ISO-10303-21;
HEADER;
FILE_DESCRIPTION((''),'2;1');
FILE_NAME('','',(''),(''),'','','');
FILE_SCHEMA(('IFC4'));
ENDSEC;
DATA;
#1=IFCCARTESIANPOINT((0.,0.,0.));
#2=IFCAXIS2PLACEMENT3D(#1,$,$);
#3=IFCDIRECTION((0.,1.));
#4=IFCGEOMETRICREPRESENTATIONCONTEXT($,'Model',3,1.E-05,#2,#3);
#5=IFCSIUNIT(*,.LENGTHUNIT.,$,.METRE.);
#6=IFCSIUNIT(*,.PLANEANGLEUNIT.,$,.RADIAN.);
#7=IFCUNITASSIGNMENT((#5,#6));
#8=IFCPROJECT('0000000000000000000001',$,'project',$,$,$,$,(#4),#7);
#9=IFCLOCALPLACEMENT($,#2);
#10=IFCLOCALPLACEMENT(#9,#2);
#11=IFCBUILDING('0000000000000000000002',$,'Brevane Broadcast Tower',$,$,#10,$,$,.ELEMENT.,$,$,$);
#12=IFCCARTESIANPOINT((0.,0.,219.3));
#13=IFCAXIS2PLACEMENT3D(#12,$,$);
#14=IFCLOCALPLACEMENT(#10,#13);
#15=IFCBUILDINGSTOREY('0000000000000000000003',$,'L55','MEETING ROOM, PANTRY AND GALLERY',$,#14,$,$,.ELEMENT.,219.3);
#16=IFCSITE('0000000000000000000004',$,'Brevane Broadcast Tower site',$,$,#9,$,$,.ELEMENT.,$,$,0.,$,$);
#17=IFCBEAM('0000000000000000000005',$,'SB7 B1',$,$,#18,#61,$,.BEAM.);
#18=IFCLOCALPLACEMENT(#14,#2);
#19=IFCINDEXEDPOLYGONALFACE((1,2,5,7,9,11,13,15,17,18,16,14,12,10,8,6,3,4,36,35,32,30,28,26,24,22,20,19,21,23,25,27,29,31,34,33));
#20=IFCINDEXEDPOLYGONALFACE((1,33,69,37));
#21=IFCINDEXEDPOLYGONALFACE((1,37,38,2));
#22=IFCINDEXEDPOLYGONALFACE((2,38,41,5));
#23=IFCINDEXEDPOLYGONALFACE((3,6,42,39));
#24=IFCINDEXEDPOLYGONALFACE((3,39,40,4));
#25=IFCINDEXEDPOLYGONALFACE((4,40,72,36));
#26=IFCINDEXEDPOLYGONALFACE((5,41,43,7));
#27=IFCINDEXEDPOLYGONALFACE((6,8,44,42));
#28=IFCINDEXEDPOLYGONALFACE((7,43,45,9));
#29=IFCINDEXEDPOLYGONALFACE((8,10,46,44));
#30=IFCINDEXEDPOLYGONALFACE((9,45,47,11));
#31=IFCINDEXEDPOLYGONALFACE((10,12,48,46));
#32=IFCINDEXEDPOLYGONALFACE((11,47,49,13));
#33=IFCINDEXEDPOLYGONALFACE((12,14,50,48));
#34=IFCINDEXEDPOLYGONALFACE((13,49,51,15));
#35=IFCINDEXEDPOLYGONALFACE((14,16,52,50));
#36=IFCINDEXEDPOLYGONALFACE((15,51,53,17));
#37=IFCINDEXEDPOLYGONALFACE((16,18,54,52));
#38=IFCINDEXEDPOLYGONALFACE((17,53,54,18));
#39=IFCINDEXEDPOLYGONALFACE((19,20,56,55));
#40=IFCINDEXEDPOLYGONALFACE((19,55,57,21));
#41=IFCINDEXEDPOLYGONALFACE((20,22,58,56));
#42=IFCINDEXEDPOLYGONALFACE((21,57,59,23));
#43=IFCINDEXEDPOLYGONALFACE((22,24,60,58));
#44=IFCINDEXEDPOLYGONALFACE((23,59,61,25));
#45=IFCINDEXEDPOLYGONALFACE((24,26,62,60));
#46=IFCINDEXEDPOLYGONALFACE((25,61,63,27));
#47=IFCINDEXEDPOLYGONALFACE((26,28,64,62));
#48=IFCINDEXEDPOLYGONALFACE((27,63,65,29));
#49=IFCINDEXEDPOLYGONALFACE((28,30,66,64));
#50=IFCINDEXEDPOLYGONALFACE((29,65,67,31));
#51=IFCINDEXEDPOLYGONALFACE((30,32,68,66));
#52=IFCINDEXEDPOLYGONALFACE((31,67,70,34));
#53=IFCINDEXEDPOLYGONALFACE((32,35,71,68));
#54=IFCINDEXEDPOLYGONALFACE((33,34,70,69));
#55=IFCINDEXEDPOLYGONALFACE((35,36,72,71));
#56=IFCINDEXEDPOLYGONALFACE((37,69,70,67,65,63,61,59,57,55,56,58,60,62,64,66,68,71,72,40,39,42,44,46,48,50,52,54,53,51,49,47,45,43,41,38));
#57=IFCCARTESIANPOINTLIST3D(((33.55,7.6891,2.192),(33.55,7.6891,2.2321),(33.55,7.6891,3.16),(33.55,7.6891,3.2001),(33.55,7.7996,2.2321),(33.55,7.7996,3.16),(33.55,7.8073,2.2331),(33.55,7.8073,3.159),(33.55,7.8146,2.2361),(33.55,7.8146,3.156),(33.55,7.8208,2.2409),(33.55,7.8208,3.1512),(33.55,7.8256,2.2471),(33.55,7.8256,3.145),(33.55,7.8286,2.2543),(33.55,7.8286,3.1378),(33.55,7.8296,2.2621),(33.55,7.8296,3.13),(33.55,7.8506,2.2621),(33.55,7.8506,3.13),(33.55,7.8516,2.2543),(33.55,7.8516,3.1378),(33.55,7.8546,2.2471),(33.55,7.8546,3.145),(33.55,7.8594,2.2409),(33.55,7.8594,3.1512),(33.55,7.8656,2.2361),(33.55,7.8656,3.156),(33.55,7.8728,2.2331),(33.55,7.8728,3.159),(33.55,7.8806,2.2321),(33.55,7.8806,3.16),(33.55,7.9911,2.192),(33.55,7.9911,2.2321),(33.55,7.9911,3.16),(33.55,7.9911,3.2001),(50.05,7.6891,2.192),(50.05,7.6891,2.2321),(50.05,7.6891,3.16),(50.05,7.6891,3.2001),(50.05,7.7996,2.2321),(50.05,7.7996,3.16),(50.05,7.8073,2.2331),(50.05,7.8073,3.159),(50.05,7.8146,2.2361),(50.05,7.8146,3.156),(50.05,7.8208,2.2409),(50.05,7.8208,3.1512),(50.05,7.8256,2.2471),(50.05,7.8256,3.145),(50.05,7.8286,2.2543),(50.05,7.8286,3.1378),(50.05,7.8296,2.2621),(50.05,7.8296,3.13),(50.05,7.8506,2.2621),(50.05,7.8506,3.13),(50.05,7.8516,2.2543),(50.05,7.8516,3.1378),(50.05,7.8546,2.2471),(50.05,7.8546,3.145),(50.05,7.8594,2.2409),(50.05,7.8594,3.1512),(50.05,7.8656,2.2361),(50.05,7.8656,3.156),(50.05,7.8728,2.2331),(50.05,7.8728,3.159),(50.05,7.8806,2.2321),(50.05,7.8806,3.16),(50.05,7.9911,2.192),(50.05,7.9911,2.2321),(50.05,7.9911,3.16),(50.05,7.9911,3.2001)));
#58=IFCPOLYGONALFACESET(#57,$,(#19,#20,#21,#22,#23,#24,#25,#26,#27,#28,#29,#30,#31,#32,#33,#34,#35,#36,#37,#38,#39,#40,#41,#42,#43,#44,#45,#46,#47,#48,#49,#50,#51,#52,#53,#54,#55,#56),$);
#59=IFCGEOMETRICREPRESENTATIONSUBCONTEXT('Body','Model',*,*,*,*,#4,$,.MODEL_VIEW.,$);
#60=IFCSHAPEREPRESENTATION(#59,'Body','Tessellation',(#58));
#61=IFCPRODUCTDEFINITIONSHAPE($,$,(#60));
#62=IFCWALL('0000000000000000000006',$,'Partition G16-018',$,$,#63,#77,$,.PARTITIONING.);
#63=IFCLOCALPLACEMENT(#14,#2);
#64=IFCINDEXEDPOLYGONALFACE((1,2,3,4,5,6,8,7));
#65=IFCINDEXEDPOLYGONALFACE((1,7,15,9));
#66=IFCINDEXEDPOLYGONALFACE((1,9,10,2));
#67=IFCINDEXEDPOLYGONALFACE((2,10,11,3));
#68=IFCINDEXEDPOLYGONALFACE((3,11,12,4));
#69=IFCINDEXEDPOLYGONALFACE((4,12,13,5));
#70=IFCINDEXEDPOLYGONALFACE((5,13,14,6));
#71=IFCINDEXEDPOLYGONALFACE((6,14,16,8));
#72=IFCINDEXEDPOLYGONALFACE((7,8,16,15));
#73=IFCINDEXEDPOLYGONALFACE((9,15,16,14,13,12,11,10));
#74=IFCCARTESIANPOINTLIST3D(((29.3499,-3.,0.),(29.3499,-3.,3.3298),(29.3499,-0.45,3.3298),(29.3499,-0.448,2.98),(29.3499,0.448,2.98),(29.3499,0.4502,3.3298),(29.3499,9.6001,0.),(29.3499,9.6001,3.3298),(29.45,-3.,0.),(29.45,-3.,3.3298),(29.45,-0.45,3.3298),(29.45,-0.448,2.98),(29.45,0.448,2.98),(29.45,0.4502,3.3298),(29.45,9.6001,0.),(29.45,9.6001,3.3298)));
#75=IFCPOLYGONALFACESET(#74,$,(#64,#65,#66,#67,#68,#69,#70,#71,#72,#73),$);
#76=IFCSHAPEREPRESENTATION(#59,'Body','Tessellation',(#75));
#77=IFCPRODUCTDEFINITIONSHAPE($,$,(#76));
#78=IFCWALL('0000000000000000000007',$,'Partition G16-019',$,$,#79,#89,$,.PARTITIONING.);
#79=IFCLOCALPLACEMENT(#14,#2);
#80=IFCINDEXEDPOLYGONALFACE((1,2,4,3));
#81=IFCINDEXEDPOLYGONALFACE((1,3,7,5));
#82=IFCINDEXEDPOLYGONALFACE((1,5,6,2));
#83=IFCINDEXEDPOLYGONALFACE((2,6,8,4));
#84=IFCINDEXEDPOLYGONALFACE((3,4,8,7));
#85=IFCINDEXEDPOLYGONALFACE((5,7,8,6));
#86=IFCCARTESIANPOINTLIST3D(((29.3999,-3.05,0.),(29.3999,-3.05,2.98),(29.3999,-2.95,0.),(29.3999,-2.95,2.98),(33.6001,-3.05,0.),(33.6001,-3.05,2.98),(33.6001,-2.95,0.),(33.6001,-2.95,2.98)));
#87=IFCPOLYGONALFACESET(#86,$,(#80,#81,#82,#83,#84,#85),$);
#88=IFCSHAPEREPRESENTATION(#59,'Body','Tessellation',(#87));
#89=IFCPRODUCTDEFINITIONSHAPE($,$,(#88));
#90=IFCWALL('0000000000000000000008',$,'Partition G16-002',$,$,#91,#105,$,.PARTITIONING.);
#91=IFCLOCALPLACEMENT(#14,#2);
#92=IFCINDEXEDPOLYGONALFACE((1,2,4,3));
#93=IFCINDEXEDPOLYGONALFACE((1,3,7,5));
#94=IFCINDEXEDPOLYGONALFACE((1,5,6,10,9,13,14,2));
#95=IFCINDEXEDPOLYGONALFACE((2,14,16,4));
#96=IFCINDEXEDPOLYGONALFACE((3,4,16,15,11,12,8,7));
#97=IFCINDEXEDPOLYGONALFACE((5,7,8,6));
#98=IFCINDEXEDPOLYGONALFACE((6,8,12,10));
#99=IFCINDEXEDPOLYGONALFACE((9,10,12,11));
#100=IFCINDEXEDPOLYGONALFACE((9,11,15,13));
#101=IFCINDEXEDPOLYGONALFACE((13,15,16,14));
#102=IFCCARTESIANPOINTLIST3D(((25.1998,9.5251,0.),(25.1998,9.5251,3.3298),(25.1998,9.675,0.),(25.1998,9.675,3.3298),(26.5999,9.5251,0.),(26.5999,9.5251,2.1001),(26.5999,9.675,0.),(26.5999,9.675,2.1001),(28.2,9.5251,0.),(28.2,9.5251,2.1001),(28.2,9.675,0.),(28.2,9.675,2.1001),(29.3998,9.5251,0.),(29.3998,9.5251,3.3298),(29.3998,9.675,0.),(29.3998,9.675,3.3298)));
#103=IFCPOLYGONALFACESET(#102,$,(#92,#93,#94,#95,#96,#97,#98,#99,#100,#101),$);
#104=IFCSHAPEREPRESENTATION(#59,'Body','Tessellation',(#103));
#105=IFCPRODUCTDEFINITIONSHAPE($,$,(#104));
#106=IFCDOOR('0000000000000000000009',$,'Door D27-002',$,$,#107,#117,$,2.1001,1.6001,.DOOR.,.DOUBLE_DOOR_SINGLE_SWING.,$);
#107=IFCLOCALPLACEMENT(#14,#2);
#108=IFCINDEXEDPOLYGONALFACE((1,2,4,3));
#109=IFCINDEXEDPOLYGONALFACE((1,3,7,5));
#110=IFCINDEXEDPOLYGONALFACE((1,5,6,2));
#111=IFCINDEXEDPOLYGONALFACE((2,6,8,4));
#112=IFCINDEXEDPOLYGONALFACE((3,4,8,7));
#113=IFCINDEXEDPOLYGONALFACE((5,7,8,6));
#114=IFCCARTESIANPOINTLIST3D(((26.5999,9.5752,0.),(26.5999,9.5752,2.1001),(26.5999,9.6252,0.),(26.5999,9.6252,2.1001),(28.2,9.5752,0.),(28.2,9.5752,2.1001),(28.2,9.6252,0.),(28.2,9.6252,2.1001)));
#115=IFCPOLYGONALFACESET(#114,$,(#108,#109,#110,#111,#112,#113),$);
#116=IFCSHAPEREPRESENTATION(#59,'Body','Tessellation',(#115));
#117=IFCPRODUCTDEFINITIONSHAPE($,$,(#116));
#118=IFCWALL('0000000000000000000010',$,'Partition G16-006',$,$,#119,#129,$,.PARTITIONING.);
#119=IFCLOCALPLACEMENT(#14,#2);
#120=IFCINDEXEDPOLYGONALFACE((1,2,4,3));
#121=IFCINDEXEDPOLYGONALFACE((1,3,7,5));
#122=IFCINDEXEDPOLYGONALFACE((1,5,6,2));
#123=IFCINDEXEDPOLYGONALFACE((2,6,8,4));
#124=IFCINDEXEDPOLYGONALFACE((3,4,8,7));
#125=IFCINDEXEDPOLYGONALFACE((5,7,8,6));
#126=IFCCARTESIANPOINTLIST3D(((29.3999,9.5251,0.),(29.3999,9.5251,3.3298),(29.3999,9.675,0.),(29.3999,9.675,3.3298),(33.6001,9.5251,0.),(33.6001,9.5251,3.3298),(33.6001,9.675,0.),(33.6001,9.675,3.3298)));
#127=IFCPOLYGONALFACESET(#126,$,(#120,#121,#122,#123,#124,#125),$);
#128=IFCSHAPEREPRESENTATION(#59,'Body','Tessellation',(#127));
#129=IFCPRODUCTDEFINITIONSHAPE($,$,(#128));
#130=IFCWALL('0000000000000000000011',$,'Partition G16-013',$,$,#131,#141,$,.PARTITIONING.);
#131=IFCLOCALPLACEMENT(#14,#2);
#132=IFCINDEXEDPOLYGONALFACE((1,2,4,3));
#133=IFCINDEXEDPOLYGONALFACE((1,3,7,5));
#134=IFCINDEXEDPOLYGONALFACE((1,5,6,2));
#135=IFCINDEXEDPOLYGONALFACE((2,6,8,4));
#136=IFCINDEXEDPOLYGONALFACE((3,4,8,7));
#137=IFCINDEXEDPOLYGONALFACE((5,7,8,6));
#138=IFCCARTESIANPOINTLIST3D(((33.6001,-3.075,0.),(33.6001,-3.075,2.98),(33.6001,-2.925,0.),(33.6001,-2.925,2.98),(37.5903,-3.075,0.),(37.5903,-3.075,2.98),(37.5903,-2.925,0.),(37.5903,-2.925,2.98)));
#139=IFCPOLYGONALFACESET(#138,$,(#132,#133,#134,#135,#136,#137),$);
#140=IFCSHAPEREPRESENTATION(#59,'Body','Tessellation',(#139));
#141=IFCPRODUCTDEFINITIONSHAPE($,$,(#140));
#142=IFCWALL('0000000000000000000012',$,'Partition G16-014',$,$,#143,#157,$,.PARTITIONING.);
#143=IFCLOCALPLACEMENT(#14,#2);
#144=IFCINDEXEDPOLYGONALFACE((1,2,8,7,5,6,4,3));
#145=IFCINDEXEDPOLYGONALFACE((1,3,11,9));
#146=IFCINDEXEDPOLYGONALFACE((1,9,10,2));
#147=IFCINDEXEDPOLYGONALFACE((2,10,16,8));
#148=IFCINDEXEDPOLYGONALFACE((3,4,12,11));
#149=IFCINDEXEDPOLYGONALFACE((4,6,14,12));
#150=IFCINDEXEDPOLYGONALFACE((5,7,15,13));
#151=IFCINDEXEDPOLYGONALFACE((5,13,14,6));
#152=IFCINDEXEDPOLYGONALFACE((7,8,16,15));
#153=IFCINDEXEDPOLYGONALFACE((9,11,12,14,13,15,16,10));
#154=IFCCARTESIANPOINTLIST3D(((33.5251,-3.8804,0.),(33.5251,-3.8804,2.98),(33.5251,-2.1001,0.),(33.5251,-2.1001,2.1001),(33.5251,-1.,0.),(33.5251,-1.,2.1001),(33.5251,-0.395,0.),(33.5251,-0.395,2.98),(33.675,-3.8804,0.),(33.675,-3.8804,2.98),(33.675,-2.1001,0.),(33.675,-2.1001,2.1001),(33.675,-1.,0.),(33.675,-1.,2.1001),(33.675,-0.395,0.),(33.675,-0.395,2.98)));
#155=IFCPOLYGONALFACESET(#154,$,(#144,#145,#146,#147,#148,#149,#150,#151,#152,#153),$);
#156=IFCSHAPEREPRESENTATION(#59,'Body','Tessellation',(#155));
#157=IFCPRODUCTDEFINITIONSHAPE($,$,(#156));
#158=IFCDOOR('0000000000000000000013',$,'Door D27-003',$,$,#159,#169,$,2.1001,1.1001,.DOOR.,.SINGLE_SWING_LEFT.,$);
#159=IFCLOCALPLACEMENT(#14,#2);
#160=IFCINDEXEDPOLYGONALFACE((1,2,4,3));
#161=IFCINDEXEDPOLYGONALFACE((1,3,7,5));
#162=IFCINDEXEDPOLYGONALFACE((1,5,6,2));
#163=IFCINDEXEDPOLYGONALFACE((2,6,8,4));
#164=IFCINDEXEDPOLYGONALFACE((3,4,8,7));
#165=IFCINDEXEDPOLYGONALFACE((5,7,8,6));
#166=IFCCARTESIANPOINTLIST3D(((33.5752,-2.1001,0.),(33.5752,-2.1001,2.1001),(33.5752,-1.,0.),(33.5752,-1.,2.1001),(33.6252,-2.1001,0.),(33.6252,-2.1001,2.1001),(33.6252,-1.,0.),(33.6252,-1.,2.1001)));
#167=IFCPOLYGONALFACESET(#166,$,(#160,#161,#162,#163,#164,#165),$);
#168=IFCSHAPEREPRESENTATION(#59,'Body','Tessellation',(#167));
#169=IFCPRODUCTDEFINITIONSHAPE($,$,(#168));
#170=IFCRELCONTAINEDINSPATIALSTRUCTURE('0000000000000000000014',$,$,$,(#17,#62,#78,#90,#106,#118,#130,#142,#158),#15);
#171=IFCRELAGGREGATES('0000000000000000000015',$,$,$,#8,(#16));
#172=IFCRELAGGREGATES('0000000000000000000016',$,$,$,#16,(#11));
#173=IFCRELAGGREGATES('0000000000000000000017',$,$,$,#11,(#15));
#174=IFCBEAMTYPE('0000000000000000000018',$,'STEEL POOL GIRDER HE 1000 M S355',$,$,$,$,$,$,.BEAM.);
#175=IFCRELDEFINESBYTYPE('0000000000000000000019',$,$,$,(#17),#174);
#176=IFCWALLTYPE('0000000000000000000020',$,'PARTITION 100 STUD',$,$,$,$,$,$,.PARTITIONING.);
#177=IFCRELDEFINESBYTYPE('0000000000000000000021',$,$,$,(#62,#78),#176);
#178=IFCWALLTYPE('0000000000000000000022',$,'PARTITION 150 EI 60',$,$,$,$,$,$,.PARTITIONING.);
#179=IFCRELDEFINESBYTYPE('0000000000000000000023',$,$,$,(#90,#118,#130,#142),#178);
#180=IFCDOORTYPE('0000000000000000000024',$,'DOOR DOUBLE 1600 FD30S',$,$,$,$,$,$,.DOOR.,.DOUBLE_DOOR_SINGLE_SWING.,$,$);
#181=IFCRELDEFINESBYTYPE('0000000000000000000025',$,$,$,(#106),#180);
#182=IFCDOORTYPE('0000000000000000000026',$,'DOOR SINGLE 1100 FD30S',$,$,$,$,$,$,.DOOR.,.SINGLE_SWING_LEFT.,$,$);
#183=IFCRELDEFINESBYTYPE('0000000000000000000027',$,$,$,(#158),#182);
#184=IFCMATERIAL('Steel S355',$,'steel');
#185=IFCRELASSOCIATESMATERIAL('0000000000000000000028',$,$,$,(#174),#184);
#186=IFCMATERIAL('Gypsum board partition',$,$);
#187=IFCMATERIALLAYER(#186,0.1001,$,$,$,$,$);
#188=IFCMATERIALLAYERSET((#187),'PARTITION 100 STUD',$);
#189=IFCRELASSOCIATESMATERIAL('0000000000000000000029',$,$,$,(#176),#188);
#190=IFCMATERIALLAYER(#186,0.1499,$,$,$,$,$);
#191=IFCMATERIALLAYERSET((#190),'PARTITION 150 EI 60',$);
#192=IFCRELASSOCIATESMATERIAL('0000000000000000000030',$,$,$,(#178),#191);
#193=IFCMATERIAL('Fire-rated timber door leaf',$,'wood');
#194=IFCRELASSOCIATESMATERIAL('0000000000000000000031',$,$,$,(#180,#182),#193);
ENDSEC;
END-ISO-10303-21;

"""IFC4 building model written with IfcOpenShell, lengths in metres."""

from ifc_helpers import new_model, si_unit, direction, frame, frame_2d, origin, origin_2d, place, context, subcontext, project, spatial, polyline, rectangle, i_section, outline, extrude, material, layer, layer_set, material_profile, profile_set, type_object, element, fill, save


model = new_model("IFC4")

# Units and contexts
model_context = context("Model", 3, precision=1e-05, world=origin(), true_north=direction((0.0, 1.0)))
body_context = subcontext(model_context, "Body", "Model", "MODEL_VIEW")
ifc_project = project(units=[si_unit("LENGTHUNIT", "METRE"), si_unit("PLANEANGLEUNIT", "RADIAN")], contexts=[model_context])

# Site, building, storey
site_placement = place(None, origin())
site = spatial("IfcSite", under=ifc_project, at=site_placement, Name="Brevane Broadcast Tower site", CompositionType="ELEMENT", RefElevation=0.0)
building_placement = place(site_placement, origin())
building = spatial("IfcBuilding", under=site, at=building_placement, Name="Brevane Broadcast Tower", CompositionType="ELEMENT")
storey_placement = place(building_placement, frame((0.0, 0.0, 219.3)))
storey = spatial("IfcBuildingStorey", under=building, at=storey_placement, Name="L55", Description="MEETING ROOM, PANTRY AND GALLERY", CompositionType="ELEMENT", Elevation=219.3)

# Beam
ifc_material_1 = material(Name="Steel S355", Category="steel")
ifc_material_profile_1 = material_profile(ifc_material_1, i_section(OverallWidth=0.302, OverallDepth=1.0081, WebThickness=0.021, FlangeThickness=0.04, FilletRadius=0.03, at=origin_2d()), Name="HE 1000 M")
ifc_profile_set_1 = profile_set([ifc_material_profile_1], Name="Steel S355")
beam_type_1 = type_object("IfcBeamType", Name="STEEL POOL GIRDER HE 1000 M S355", PredefinedType="BEAM", material=ifc_profile_set_1)
beam_1_placement = place(storey_placement, frame((33.55, 7.8401, 2.696), z_axis=(1.0, 0.0, 0.0), x_axis=(0.0, 1.0, 0.0)))
element("IfcBeam", 1, at=beam_1_placement, inside=storey, type_object=beam_type_1, Name="SB7 B1", PredefinedType="BEAM", context=body_context, shape_type="SweptSolid", body=[
    extrude(i_section(OverallWidth=0.302, OverallDepth=1.0081, WebThickness=0.021, FlangeThickness=0.04, FilletRadius=0.03, at=origin_2d()), origin(), (0.0, 0.0, 1.0), 16.5),
])

# Walls
ifc_material_2 = material(Name="Gypsum board partition")
ifc_layer_1 = layer(ifc_material_2, 0.1001)
ifc_layer_set_1 = layer_set([ifc_layer_1], Name="PARTITION 100 STUD")
wall_type_1 = type_object("IfcWallType", Name="PARTITION 100 STUD", PredefinedType="PARTITIONING", material=ifc_layer_set_1)
wall_1_placement = place(storey_placement, frame((29.3999, 9.6001, 0.0), z_axis=(0.0, 0.0, 1.0), x_axis=(0.0, -1.0, 0.0)))
element("IfcWall", 2, at=wall_1_placement, inside=storey, type_object=wall_type_1, Name="Partition G16-018", PredefinedType="PARTITIONING", context=body_context, shape_type="SweptSolid", body=[
    extrude(outline(polyline([(0.0, 0.0), (12.6001, 0.0), (12.6001, 3.3298), (10.05, 3.3298), (10.0481, 2.98), (9.1521, 2.98), (9.1499, 3.3298), (0.0, 3.3298), (0.0, 0.0)])), frame((0.0, 0.05, 0.0), z_axis=(0.0, -1.0, 0.0), x_axis=(1.0, 0.0, 0.0)), (0.0, 0.0, 1.0), 0.1001),
])
wall_2_placement = place(storey_placement, frame((29.3999, -3.0, 0.0), z_axis=(0.0, 0.0, 1.0), x_axis=(1.0, 0.0, 0.0)))
element("IfcWall", 3, at=wall_2_placement, inside=storey, type_object=wall_type_1, Name="Partition G16-019", PredefinedType="PARTITIONING", context=body_context, shape_type="SweptSolid", body=[
    extrude(rectangle(XDim=4.2002, YDim=0.1001, at=frame_2d((2.1001, 0.0))), origin(), (0.0, 0.0, 1.0), 2.98),
])

# Wall, opening, door
ifc_layer_2 = layer(ifc_material_2, 0.1499)
ifc_layer_set_2 = layer_set([ifc_layer_2], Name="PARTITION 150 EI 60")
wall_type_2 = type_object("IfcWallType", Name="PARTITION 150 EI 60", PredefinedType="PARTITIONING", material=ifc_layer_set_2)
wall_3_placement = place(storey_placement, frame((29.3999, 9.6001, 0.0), z_axis=(0.0, 0.0, 1.0), x_axis=(-1.0, 0.0, 0.0)))
wall_3 = element("IfcWall", 4, at=wall_3_placement, inside=storey, type_object=wall_type_2, Name="Partition G16-002", PredefinedType="PARTITIONING", context=body_context, shape_type="SweptSolid", body=[
    extrude(rectangle(XDim=4.2, YDim=0.1499, at=frame_2d((2.1001, 0.0))), origin(), (0.0, 0.0, 1.0), 3.3298),
])
opening_1_placement = place(wall_3_placement, frame((1.2, 0.0, 0.0)))
opening_1 = element("IfcOpeningElement", 5, at=opening_1_placement, cuts=wall_3, PredefinedType="OPENING", context=body_context, shape_type="SweptSolid", body=[
    extrude(rectangle(XDim=1.6001, YDim=2.1001, at=frame_2d((0.8, 1.05))), frame((0.0, 0.085, 0.0), z_axis=(0.0, -1.0, 0.0), x_axis=(1.0, 0.0, 0.0)), (0.0, 0.0, 1.0), 0.1699),
])
ifc_material_3 = material(Name="Fire-rated timber door leaf", Category="wood")
door_type_1 = type_object("IfcDoorType", Name="DOOR DOUBLE 1600 FD30S", OperationType="DOUBLE_DOOR_SINGLE_SWING", PredefinedType="DOOR", material=ifc_material_3)
door_1_placement = place(opening_1_placement, origin())
door_1 = element("IfcDoor", 6, at=door_1_placement, inside=storey, type_object=door_type_1, Name="Door D27-002", OperationType="DOUBLE_DOOR_SINGLE_SWING", OverallHeight=2.1001, OverallWidth=1.6001, PredefinedType="DOOR", context=body_context, shape_type="SweptSolid", body=[
    extrude(rectangle(XDim=1.6001, YDim=2.1001, at=frame_2d((0.8, 1.05))), frame((0.0, 0.0249, 0.0), z_axis=(0.0, -1.0, 0.0), x_axis=(1.0, 0.0, 0.0)), (0.0, 0.0, 1.0), 0.05),
])
fill(opening_1, door_1)

# Walls
wall_4_placement = place(storey_placement, frame((33.6001, 9.6001, 0.0), z_axis=(0.0, 0.0, 1.0), x_axis=(-1.0, 0.0, 0.0)))
element("IfcWall", 7, at=wall_4_placement, inside=storey, type_object=wall_type_2, Name="Partition G16-006", PredefinedType="PARTITIONING", context=body_context, shape_type="SweptSolid", body=[
    extrude(rectangle(XDim=4.2002, YDim=0.1499, at=frame_2d((2.1001, 0.0))), origin(), (0.0, 0.0, 1.0), 3.3298),
])
wall_5_placement = place(storey_placement, frame((37.5903, -3.0, 0.0), z_axis=(0.0, 0.0, 1.0), x_axis=(-1.0, 0.0, 0.0)))
element("IfcWall", 8, at=wall_5_placement, inside=storey, type_object=wall_type_2, Name="Partition G16-013", PredefinedType="PARTITIONING", context=body_context, shape_type="SweptSolid", body=[
    extrude(rectangle(XDim=3.9902, YDim=0.1499, at=frame_2d((1.9951, 0.0))), origin(), (0.0, 0.0, 1.0), 2.98),
])

# Wall, opening, door
wall_6_placement = place(storey_placement, frame((33.6001, -3.8804, 0.0), z_axis=(0.0, 0.0, 1.0), x_axis=(0.0, 1.0, 0.0)))
wall_6 = element("IfcWall", 9, at=wall_6_placement, inside=storey, type_object=wall_type_2, Name="Partition G16-014", PredefinedType="PARTITIONING", context=body_context, shape_type="SweptSolid", body=[
    extrude(rectangle(XDim=3.4854, YDim=0.1499, at=frame_2d((1.7427, 0.0))), origin(), (0.0, 0.0, 1.0), 2.98),
])
opening_2_placement = place(wall_6_placement, frame((1.7803, 0.0, 0.0)))
opening_2 = element("IfcOpeningElement", 10, at=opening_2_placement, cuts=wall_6, PredefinedType="OPENING", context=body_context, shape_type="SweptSolid", body=[
    extrude(rectangle(XDim=1.1001, YDim=2.1001, at=frame_2d((0.55, 1.05))), frame((0.0, 0.085, 0.0), z_axis=(0.0, -1.0, 0.0), x_axis=(1.0, 0.0, 0.0)), (0.0, 0.0, 1.0), 0.1699),
])
door_type_2 = type_object("IfcDoorType", Name="DOOR SINGLE 1100 FD30S", OperationType="SINGLE_SWING_LEFT", PredefinedType="DOOR", material=ifc_material_3)
door_2_placement = place(opening_2_placement, origin())
door_2 = element("IfcDoor", 11, at=door_2_placement, inside=storey, type_object=door_type_2, Name="Door D27-003", OperationType="SINGLE_SWING_LEFT", OverallHeight=2.1001, OverallWidth=1.1001, PredefinedType="DOOR", context=body_context, shape_type="SweptSolid", body=[
    extrude(rectangle(XDim=1.1001, YDim=2.1001, at=frame_2d((0.55, 1.05))), frame((0.0, 0.0249, 0.0), z_axis=(0.0, -1.0, 0.0), x_axis=(1.0, 0.0, 0.0)), (0.0, 0.0, 1.0), 0.05),
])
fill(opening_2, door_2)

save(model, "model.ifc")
